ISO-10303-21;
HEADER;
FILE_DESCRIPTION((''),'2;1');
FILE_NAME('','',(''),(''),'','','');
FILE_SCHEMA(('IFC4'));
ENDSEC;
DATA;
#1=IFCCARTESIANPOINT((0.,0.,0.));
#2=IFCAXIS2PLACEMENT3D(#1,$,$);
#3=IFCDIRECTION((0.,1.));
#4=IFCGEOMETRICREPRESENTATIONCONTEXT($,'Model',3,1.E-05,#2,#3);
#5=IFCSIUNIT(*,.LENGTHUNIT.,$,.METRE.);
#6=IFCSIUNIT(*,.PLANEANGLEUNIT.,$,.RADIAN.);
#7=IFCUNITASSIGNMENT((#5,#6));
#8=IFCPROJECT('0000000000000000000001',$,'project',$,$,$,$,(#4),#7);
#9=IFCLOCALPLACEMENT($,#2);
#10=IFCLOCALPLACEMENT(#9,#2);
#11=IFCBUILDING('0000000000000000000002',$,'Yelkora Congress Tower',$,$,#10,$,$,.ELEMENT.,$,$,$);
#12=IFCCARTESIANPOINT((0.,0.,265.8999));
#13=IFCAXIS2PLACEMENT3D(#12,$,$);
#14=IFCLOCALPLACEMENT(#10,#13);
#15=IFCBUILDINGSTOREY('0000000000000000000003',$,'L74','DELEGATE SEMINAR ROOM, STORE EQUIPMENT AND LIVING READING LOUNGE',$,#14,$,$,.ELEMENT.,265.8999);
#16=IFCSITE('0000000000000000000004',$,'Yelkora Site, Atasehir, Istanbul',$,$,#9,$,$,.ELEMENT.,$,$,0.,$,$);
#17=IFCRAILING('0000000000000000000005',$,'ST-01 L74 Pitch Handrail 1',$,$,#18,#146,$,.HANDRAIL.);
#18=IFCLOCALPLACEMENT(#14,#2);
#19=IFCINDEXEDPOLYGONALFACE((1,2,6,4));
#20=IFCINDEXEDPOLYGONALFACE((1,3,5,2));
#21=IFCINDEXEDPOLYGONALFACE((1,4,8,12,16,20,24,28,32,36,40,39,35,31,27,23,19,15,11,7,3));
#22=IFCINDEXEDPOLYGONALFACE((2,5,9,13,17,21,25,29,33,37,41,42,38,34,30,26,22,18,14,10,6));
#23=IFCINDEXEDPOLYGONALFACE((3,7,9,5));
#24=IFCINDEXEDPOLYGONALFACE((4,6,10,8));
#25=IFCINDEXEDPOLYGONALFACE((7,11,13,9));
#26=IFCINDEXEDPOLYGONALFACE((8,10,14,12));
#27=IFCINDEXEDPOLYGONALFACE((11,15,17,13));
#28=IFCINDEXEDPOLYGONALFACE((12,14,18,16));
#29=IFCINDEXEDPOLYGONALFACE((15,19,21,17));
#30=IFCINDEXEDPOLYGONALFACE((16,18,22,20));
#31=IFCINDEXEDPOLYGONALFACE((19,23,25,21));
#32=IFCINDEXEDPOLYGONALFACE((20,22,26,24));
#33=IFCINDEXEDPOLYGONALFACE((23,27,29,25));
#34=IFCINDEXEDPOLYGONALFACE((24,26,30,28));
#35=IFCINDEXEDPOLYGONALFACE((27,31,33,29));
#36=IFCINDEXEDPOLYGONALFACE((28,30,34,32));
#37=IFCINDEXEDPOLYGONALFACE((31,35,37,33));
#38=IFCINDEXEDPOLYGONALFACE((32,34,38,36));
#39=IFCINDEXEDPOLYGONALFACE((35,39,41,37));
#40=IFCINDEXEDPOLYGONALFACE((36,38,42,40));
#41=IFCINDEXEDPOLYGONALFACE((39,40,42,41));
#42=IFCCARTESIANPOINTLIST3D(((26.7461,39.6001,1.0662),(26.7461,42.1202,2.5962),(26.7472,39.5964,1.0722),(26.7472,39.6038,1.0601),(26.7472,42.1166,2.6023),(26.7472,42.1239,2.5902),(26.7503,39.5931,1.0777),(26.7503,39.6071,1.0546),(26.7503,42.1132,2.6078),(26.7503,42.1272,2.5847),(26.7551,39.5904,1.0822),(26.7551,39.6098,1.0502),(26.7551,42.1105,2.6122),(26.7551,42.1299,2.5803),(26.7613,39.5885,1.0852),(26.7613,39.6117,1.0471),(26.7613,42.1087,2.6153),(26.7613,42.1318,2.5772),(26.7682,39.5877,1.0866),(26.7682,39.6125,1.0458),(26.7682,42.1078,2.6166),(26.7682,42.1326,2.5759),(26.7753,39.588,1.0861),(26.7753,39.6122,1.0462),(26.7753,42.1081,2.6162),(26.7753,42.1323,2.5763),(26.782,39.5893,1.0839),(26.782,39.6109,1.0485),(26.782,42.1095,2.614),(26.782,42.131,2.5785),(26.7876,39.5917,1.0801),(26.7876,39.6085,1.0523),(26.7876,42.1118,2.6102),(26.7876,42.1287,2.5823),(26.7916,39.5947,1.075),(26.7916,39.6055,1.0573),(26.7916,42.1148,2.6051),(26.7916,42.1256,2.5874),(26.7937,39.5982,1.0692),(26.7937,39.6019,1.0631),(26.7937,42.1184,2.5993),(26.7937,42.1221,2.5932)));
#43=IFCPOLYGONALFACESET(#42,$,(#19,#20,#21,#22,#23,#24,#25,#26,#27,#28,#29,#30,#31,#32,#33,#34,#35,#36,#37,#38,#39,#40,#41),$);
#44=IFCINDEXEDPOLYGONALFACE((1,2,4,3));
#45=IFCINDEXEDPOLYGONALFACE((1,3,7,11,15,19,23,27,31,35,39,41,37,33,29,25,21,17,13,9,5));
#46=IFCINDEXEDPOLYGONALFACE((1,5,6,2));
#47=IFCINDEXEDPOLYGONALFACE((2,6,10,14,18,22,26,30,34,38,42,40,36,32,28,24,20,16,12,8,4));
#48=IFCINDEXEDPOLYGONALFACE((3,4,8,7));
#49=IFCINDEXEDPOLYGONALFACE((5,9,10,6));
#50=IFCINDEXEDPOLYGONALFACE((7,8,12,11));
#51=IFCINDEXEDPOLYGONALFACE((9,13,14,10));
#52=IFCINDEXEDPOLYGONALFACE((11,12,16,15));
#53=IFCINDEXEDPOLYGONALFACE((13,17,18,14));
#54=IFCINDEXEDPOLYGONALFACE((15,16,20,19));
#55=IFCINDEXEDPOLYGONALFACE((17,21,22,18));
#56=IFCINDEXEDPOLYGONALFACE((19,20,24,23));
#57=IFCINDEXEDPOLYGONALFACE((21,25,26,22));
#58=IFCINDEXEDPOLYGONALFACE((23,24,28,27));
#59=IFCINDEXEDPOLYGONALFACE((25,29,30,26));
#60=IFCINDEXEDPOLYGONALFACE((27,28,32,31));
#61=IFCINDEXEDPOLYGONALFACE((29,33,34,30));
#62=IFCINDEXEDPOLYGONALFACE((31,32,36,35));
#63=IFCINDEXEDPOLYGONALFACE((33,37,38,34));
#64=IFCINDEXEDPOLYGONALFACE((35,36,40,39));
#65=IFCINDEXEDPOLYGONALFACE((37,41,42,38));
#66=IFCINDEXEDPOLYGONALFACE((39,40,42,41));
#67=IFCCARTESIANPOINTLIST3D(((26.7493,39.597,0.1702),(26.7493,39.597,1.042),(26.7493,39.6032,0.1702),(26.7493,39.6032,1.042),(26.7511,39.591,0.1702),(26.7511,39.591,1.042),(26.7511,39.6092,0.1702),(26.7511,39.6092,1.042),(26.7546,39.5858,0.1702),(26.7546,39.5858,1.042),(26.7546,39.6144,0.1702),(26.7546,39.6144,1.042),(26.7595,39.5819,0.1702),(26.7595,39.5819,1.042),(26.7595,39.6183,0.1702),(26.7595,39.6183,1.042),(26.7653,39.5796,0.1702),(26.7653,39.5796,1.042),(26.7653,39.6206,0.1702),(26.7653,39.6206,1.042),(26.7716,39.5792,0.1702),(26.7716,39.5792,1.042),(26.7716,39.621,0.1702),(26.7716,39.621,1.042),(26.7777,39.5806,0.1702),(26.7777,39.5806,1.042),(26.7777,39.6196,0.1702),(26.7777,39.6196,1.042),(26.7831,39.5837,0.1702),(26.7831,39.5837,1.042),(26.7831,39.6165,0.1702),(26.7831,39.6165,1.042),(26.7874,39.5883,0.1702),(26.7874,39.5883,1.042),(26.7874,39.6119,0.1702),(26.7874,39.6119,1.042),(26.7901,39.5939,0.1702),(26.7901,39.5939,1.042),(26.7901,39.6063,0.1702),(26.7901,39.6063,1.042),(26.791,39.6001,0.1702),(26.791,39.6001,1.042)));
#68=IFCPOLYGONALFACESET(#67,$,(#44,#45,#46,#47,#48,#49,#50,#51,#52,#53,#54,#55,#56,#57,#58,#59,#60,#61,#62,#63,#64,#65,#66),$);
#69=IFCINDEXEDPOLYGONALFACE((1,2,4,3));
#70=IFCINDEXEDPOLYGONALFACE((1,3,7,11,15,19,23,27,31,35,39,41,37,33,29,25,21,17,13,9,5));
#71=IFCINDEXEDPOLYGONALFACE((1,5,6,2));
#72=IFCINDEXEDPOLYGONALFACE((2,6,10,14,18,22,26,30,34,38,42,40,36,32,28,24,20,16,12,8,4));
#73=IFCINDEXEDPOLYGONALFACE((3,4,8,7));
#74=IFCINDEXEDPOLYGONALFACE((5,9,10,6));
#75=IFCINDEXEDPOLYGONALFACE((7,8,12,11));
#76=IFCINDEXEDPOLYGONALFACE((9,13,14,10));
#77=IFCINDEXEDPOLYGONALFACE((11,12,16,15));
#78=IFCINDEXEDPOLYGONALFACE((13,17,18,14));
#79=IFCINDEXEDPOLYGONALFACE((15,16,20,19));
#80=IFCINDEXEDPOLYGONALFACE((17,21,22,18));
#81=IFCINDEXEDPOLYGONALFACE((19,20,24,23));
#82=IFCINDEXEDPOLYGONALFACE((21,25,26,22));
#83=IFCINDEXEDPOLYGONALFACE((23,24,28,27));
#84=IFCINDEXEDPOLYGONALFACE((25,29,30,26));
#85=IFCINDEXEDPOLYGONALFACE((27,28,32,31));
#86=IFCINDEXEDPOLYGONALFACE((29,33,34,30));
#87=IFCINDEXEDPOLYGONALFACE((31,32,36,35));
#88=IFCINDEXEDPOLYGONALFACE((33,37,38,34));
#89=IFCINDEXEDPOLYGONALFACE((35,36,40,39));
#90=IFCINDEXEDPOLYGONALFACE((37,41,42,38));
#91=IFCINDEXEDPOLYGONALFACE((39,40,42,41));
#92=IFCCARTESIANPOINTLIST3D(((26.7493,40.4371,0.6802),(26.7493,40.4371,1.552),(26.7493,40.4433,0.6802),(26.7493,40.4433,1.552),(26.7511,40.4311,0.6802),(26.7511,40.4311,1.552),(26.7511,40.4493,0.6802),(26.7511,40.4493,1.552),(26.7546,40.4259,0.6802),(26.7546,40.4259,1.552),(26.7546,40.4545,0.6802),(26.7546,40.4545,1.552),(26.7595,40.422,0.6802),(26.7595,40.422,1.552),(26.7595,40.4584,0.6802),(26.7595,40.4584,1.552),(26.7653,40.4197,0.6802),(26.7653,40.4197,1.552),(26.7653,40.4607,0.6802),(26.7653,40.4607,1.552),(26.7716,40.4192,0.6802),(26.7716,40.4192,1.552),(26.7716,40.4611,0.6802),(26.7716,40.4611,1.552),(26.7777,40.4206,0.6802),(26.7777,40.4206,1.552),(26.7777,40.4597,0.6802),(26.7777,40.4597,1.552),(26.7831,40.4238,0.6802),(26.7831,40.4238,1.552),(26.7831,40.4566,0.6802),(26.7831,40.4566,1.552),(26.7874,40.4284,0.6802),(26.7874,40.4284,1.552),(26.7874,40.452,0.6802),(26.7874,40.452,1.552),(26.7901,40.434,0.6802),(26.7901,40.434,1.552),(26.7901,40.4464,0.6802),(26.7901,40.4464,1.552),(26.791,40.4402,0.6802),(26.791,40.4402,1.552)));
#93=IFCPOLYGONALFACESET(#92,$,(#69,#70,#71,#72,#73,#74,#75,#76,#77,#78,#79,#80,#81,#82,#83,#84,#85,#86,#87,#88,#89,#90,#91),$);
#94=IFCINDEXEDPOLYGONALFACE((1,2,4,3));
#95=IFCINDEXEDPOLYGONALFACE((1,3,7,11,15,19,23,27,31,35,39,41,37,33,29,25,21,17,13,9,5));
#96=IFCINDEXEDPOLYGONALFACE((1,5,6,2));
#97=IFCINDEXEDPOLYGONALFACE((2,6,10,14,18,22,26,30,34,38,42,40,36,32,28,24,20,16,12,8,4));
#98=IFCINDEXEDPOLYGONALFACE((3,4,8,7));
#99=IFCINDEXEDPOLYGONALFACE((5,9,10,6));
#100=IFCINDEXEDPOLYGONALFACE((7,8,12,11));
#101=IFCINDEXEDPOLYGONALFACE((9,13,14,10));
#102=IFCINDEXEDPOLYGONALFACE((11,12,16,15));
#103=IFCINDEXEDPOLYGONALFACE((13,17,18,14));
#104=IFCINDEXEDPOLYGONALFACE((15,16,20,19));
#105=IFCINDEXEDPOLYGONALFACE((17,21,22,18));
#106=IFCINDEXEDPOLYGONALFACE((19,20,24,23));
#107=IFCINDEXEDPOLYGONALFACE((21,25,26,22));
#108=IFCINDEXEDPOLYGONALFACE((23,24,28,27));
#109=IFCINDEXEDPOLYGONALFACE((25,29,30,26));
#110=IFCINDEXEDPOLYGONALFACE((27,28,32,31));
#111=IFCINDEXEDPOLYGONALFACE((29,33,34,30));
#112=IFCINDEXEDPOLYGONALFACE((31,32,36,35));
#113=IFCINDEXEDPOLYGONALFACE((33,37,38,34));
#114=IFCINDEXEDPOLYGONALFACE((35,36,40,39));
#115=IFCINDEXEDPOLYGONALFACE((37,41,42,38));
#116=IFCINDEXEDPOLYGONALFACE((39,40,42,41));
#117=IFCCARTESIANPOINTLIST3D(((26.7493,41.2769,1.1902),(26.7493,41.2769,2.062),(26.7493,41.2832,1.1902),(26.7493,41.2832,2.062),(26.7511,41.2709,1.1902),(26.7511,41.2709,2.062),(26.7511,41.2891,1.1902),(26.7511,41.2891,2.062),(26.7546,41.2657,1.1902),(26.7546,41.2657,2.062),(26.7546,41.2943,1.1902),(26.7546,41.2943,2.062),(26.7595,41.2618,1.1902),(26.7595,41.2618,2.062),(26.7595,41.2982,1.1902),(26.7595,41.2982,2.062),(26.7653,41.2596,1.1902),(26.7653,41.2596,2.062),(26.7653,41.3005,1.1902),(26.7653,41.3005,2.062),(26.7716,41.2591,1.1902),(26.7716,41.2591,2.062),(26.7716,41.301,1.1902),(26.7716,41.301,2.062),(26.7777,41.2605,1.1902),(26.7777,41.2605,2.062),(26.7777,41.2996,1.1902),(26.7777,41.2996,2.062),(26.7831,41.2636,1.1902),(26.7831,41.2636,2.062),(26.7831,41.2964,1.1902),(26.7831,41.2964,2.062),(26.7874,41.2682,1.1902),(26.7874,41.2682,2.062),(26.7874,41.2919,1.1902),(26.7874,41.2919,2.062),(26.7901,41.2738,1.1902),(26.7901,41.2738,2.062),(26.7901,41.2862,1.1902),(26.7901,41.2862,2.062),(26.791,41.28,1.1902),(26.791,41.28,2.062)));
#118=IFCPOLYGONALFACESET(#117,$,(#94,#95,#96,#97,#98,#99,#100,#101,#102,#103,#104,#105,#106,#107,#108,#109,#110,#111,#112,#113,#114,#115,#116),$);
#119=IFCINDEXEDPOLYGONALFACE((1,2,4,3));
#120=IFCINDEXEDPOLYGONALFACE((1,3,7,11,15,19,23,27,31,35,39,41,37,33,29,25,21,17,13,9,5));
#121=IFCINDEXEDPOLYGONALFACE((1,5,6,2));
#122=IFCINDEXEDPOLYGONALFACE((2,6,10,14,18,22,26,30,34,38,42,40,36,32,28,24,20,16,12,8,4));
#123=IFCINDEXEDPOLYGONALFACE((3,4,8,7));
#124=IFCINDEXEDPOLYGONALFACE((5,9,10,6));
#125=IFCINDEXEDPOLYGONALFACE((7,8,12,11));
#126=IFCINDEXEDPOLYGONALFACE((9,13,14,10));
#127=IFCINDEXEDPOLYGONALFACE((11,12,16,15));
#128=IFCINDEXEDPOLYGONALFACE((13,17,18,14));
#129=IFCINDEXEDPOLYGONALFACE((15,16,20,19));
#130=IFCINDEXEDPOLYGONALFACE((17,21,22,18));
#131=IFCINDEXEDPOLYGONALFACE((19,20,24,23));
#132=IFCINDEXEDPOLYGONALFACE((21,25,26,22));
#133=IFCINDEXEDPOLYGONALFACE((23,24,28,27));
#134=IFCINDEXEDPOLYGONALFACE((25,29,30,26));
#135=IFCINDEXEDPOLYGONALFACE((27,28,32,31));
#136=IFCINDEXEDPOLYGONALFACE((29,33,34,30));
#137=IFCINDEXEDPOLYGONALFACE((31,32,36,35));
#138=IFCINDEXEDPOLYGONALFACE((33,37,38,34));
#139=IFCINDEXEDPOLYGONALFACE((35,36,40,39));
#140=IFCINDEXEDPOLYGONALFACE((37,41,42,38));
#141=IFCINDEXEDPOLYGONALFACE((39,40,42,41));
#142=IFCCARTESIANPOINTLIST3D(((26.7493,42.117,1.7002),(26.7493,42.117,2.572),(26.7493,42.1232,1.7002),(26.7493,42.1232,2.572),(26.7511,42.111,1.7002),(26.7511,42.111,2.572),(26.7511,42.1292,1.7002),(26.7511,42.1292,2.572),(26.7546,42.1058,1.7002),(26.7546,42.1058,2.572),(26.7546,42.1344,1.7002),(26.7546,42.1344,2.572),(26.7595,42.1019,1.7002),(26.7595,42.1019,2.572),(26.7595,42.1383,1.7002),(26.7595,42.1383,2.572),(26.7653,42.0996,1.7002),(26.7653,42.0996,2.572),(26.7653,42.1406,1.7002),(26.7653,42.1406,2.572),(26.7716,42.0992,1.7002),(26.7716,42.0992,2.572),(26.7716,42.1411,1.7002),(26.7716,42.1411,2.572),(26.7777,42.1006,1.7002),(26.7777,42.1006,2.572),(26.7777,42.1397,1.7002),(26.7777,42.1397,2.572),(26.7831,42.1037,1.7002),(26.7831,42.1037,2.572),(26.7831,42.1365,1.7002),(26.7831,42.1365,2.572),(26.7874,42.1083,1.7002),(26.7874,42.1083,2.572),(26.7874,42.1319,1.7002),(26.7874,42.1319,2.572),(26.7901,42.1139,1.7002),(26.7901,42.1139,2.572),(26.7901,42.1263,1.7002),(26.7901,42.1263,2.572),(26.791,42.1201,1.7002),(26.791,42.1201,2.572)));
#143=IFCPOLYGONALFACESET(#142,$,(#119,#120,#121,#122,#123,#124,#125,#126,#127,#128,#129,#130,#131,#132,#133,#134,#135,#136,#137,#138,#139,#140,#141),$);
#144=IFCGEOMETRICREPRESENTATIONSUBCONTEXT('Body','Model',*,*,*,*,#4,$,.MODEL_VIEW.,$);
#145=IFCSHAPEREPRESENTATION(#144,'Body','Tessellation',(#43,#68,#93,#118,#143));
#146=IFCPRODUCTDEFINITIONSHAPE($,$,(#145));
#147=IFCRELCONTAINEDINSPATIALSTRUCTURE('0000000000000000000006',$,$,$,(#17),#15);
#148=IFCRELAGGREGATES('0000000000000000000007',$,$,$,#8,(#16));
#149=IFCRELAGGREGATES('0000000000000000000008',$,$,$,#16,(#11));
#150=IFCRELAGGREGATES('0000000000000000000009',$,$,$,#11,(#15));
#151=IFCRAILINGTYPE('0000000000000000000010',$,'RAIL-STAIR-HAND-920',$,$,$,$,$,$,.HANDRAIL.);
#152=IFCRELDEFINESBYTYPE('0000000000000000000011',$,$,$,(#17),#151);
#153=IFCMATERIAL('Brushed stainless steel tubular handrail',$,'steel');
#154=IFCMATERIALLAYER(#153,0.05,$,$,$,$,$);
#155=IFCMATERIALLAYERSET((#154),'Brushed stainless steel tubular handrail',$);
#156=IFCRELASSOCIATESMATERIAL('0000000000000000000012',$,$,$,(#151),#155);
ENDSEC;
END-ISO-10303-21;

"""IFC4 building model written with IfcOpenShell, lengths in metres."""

from ifc_helpers import new_model, si_unit, direction, frame, origin, origin_2d, place, context, subcontext, project, spatial, circle, extrude, material, layer, layer_set, type_object, element, save


model = new_model("IFC4")

# Units and contexts
model_context = context("Model", 3, precision=1e-05, world=origin(), true_north=direction((0.0, 1.0)))
body_context = subcontext(model_context, "Body", "Model", "MODEL_VIEW")
ifc_project = project(units=[si_unit("LENGTHUNIT", "METRE"), si_unit("PLANEANGLEUNIT", "RADIAN")], contexts=[model_context])

# Site, building, storey
site_placement = place(None, origin())
site = spatial("IfcSite", under=ifc_project, at=site_placement, Name="Yelkora Site, Atasehir, Istanbul", CompositionType="ELEMENT", RefElevation=0.0)
building_placement = place(site_placement, origin())
building = spatial("IfcBuilding", under=site, at=building_placement, Name="Yelkora Congress Tower", CompositionType="ELEMENT")
storey_placement = place(building_placement, frame((0.0, 0.0, 265.8999)))
storey = spatial("IfcBuildingStorey", under=building, at=storey_placement, Name="L74", Description="DELEGATE SEMINAR ROOM, STORE EQUIPMENT AND LIVING READING LOUNGE", CompositionType="ELEMENT", Elevation=265.8999)

# Railing
ifc_material_1 = material(Name="Brushed stainless steel tubular handrail", Category="steel")
ifc_layer_1 = layer(ifc_material_1, 0.05)
ifc_layer_set_1 = layer_set([ifc_layer_1], Name="Brushed stainless steel tubular handrail")
railing_type_1 = type_object("IfcRailingType", Name="RAIL-STAIR-HAND-920", PredefinedType="HANDRAIL", material=ifc_layer_set_1)
railing_1_placement = place(storey_placement, frame((26.77, 39.6001, 0.1702)))
element("IfcRailing", 1, at=railing_1_placement, inside=storey, type_object=railing_type_1, Name="ST-01 L74 Pitch Handrail 1", PredefinedType="HANDRAIL", context=body_context, shape_type="SweptSolid", body=[
    extrude(circle(Radius=0.0239, at=origin_2d()), frame((0.0, 0.0, 0.896), z_axis=(0.0, 0.854785, 0.518982), x_axis=(-1.0, 0.0, 0.0)), (0.0, 0.0, 1.0), 2.9482),
    extrude(circle(Radius=0.021, at=origin_2d()), origin(), (0.0, 0.0, 1.0), 0.8718),
    extrude(circle(Radius=0.021, at=origin_2d()), frame((0.0, 0.8401, 0.51)), (0.0, 0.0, 1.0), 0.8718),
    extrude(circle(Radius=0.021, at=origin_2d()), frame((0.0, 1.6799, 1.02)), (0.0, 0.0, 1.0), 0.8718),
    extrude(circle(Radius=0.021, at=origin_2d()), frame((0.0, 2.52, 1.53)), (0.0, 0.0, 1.0), 0.8718),
])

save(model, "model.ifc")
